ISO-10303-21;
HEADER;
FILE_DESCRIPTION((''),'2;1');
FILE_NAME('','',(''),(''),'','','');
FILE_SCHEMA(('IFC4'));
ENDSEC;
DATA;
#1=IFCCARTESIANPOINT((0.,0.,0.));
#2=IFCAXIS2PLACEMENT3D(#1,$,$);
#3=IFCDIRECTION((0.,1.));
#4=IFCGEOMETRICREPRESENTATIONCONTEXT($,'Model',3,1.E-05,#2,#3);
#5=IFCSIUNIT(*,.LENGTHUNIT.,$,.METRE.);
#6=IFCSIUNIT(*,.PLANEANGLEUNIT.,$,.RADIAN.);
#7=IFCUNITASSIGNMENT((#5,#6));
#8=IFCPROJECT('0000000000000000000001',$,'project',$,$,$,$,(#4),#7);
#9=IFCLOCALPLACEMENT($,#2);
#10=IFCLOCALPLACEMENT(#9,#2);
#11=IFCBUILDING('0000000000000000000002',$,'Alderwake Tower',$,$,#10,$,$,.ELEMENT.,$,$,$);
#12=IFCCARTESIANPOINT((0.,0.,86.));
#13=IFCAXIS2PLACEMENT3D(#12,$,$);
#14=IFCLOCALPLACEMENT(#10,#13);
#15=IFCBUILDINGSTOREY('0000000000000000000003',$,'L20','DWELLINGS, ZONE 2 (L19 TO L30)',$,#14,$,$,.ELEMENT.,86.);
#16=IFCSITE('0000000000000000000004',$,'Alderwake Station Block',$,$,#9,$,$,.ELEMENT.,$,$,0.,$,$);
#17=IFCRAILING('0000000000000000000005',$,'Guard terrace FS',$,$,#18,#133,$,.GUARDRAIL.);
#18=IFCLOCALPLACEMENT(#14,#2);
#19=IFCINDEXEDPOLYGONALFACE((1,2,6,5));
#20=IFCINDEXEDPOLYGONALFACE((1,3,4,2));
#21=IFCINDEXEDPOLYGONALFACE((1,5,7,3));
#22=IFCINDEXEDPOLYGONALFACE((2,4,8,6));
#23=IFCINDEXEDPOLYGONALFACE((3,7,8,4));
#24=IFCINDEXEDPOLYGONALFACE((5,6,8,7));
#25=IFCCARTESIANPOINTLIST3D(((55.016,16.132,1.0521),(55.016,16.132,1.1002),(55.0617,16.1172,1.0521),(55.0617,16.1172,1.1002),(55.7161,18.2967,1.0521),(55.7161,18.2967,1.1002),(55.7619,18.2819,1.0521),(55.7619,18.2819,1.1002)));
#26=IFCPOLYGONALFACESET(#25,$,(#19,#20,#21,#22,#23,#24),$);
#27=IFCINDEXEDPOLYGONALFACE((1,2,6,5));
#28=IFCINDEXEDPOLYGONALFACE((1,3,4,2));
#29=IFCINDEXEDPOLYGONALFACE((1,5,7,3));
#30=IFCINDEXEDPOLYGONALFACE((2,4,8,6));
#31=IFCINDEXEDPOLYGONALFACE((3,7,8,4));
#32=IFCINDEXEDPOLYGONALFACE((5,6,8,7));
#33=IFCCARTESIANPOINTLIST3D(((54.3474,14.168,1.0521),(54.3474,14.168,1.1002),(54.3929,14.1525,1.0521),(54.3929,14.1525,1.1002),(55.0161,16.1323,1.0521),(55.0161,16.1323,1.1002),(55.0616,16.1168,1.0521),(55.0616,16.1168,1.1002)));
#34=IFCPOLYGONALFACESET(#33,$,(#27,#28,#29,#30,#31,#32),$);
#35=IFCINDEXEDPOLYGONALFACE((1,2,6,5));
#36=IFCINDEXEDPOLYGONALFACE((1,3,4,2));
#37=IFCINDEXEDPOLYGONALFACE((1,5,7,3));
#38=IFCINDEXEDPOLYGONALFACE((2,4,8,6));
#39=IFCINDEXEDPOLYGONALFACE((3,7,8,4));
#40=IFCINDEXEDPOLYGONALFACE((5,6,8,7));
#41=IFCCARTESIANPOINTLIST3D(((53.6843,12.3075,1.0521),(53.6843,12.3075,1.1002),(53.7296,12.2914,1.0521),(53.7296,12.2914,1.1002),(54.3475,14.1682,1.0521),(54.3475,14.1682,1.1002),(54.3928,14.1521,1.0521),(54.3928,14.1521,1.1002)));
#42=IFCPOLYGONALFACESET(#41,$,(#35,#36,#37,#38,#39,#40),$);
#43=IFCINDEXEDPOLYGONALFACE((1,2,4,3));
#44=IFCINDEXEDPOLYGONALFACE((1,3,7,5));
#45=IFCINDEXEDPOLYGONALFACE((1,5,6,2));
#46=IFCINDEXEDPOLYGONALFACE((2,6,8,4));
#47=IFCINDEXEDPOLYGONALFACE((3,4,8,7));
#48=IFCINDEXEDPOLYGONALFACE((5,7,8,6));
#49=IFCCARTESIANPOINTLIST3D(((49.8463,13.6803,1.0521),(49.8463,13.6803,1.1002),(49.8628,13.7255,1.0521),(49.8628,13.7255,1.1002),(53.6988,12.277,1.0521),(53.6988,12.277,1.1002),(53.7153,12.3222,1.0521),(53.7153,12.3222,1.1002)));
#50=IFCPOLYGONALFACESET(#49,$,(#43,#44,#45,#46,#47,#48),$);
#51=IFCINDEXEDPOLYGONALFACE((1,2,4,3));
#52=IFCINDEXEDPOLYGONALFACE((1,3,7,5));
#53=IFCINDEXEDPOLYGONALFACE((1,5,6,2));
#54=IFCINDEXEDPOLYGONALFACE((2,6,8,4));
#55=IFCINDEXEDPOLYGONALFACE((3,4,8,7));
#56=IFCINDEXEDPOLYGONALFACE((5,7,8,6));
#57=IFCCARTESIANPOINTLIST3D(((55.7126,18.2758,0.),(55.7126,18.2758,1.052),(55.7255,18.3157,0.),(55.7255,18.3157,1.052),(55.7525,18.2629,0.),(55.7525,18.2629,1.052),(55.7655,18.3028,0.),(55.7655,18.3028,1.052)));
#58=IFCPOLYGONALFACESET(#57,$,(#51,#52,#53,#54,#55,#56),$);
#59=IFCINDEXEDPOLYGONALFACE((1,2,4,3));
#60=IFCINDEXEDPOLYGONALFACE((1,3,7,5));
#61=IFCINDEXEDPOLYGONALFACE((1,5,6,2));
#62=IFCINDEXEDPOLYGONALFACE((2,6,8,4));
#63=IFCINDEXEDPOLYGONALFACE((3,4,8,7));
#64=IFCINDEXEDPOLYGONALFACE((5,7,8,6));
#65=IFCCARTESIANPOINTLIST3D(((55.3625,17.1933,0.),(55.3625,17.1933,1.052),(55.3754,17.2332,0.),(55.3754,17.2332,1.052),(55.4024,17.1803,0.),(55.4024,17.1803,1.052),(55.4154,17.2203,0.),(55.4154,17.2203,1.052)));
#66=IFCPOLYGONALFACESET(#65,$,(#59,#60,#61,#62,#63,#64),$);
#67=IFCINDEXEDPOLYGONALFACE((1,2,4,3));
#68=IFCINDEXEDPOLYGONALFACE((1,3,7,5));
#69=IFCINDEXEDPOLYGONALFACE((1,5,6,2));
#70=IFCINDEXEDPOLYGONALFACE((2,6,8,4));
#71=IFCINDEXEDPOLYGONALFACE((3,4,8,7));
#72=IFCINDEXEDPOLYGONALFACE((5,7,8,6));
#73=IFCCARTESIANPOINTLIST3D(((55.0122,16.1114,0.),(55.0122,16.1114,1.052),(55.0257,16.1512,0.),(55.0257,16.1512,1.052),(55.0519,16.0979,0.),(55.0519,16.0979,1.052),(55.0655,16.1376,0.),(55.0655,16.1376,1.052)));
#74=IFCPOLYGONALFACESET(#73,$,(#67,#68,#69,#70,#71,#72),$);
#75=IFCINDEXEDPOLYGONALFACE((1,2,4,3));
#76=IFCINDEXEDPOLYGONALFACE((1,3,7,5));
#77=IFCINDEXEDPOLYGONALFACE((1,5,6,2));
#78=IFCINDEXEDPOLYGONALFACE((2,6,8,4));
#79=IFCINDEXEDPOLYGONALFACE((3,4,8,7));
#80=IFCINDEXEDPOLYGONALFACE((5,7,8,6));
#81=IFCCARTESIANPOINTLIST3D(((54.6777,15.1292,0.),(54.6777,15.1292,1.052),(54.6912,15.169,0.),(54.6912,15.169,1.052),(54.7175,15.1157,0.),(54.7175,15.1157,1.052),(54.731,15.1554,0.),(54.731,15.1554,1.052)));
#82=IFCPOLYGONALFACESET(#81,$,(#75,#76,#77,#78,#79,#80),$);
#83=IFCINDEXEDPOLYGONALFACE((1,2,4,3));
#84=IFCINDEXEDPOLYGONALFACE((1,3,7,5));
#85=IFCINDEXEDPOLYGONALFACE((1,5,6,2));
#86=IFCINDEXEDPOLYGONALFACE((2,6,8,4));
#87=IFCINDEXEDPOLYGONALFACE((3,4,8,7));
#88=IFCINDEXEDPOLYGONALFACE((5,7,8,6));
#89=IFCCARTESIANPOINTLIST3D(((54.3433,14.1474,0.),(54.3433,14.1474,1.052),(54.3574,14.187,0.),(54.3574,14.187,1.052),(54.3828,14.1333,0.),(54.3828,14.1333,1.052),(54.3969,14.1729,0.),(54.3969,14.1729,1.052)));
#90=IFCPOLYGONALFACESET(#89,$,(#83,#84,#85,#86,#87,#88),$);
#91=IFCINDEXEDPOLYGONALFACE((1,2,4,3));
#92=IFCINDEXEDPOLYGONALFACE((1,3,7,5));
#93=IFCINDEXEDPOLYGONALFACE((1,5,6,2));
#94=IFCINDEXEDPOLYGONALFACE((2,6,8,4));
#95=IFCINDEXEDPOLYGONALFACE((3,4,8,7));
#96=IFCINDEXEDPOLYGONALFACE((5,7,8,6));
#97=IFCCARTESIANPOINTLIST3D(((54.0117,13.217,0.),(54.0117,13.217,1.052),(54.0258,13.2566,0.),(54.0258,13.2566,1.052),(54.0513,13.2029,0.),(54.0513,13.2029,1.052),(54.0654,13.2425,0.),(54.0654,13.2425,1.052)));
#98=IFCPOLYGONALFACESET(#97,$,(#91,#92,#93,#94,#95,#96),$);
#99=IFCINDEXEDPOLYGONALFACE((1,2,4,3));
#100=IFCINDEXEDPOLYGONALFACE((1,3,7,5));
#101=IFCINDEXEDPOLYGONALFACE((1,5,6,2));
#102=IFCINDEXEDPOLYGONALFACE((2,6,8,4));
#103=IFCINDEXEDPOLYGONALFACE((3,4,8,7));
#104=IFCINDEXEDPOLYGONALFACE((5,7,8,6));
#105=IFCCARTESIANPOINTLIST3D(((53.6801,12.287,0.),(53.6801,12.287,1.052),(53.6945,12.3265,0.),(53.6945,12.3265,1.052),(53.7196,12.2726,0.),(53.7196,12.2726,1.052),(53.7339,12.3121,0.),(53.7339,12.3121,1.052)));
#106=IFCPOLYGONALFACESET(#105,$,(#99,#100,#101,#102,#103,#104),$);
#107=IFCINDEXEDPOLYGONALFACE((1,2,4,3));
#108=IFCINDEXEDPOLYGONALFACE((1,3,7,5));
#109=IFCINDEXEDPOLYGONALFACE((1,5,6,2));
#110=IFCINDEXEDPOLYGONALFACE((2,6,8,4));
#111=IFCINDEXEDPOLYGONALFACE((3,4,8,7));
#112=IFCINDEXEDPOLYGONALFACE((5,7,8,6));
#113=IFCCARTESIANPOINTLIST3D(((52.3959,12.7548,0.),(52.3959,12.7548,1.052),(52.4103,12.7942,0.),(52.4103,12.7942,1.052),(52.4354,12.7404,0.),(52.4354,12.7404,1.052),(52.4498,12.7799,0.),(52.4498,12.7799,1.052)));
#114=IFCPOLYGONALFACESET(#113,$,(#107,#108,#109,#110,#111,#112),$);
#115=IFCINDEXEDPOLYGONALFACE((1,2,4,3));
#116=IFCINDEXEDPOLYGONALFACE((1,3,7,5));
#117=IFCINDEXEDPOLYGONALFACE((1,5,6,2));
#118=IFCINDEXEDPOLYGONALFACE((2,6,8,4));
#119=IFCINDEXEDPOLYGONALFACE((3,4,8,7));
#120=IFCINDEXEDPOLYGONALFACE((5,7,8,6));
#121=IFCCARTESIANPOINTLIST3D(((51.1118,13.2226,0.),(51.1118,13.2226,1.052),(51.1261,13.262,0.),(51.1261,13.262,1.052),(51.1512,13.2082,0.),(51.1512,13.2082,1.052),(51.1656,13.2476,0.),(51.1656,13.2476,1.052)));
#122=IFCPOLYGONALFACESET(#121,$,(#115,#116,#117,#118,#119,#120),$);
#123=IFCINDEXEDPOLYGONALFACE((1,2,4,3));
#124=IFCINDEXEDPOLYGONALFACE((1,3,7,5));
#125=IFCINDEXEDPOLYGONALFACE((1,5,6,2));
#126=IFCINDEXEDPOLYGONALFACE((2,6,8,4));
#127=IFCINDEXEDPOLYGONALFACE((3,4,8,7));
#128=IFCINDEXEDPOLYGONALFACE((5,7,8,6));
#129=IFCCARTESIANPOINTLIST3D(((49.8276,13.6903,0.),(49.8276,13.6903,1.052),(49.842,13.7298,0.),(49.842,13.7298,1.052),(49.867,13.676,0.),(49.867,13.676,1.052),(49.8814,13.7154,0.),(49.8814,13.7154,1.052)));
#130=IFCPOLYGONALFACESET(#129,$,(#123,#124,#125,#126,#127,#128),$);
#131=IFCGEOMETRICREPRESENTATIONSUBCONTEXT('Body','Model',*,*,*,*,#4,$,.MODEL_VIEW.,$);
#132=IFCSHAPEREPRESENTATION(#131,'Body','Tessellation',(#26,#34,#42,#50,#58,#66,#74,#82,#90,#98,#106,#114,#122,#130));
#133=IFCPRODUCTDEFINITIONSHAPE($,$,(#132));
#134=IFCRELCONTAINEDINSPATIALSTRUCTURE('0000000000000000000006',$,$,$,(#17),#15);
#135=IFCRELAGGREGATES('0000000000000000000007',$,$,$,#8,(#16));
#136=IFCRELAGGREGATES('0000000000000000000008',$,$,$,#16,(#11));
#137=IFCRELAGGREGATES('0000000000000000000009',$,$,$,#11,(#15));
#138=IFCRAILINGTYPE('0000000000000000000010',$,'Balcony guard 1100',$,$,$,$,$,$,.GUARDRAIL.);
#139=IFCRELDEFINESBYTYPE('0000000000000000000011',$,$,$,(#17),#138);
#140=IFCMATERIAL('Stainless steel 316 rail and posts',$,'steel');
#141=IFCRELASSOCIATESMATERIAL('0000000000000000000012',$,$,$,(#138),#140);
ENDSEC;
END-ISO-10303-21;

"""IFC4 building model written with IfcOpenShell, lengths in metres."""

from ifc_helpers import new_model, si_unit, direction, frame, origin, origin_2d, place, context, subcontext, project, spatial, rectangle, extrude, material, type_object, element, save


model = new_model("IFC4")

# Units and contexts
model_context = context("Model", 3, precision=1e-05, world=origin(), true_north=direction((0.0, 1.0)))
body_context = subcontext(model_context, "Body", "Model", "MODEL_VIEW")
ifc_project = project(units=[si_unit("LENGTHUNIT", "METRE"), si_unit("PLANEANGLEUNIT", "RADIAN")], contexts=[model_context])

# Site, building, storey
site_placement = place(None, origin())
site = spatial("IfcSite", under=ifc_project, at=site_placement, Name="Alderwake Station Block", CompositionType="ELEMENT", RefElevation=0.0)
building_placement = place(site_placement, origin())
building = spatial("IfcBuilding", under=site, at=building_placement, Name="Alderwake Tower", CompositionType="ELEMENT")
storey_placement = place(building_placement, frame((0.0, 0.0, 86.0)))
storey = spatial("IfcBuildingStorey", under=building, at=storey_placement, Name="L20", Description="DWELLINGS, ZONE 2 (L19 TO L30)", CompositionType="ELEMENT", Elevation=86.0)

# Railing
ifc_material_1 = material(Name="Stainless steel 316 rail and posts", Category="steel")
railing_type = type_object("IfcRailingType", Name="Balcony guard 1100", PredefinedType="GUARDRAIL", material=ifc_material_1)
railing_1_placement = place(storey_placement, frame((55.739, 18.2893, 0.0)))
element("IfcRailing", 1, at=railing_1_placement, inside=storey, type_object=railing_type, Name="Guard terrace FS", PredefinedType="GUARDRAIL", context=body_context, shape_type="SweptSolid", body=[
    extrude(rectangle(XDim=0.0481, YDim=0.0481, at=origin_2d()), frame((0.0, 0.0, 1.0762), z_axis=(-0.307749, -0.951468, 0.0), x_axis=(0.951468, -0.307749, 0.0)), (0.0, 0.0, 1.0), 2.2751),
    extrude(rectangle(XDim=0.0481, YDim=0.0481, at=origin_2d()), frame((-0.7002, -2.1648, 1.0762), z_axis=(-0.322257, -0.946652, 0.0), x_axis=(0.946652, -0.322257, 0.0)), (0.0, 0.0, 1.0), 2.075),
    extrude(rectangle(XDim=0.0481, YDim=0.0481, at=origin_2d()), frame((-1.3689, -4.1292, 1.0762), z_axis=(-0.335702, -0.941968, 0.0), x_axis=(0.941968, -0.335702, 0.0)), (0.0, 0.0, 1.0), 1.9753),
    extrude(rectangle(XDim=0.0481, YDim=0.0481, at=origin_2d()), frame((-2.032, -5.9897, 1.0762), z_axis=(-0.939606, 0.342259, 0.0), x_axis=(-0.342259, -0.939606, 0.0)), (0.0, 0.0, 1.0), 4.1001),
    extrude(rectangle(XDim=0.042, YDim=0.042, at=origin_2d()), frame((0.0, 0.0, 0.0), z_axis=(0.0, 0.0, 1.0), x_axis=(-0.307749, -0.951468, 0.0)), (0.0, 0.0, 1.0), 1.052),
    extrude(rectangle(XDim=0.042, YDim=0.042, at=origin_2d()), frame((-0.3501, -1.0825, 0.0), z_axis=(0.0, 0.0, 1.0), x_axis=(-0.307749, -0.951468, 0.0)), (0.0, 0.0, 1.0), 1.052),
    extrude(rectangle(XDim=0.042, YDim=0.042, at=origin_2d()), frame((-0.7002, -2.1648, 0.0), z_axis=(0.0, 0.0, 1.0), x_axis=(-0.322257, -0.946652, 0.0)), (0.0, 0.0, 1.0), 1.052),
    extrude(rectangle(XDim=0.042, YDim=0.042, at=origin_2d()), frame((-1.0347, -3.147, 0.0), z_axis=(0.0, 0.0, 1.0), x_axis=(-0.322257, -0.946652, 0.0)), (0.0, 0.0, 1.0), 1.052),
    extrude(rectangle(XDim=0.042, YDim=0.042, at=origin_2d()), frame((-1.3689, -4.1292, 0.0), z_axis=(0.0, 0.0, 1.0), x_axis=(-0.335702, -0.941968, 0.0)), (0.0, 0.0, 1.0), 1.052),
    extrude(rectangle(XDim=0.042, YDim=0.042, at=origin_2d()), frame((-1.7004, -5.0596, 0.0), z_axis=(0.0, 0.0, 1.0), x_axis=(-0.335702, -0.941968, 0.0)), (0.0, 0.0, 1.0), 1.052),
    extrude(rectangle(XDim=0.042, YDim=0.042, at=origin_2d()), frame((-2.032, -5.9897, 0.0), z_axis=(0.0, 0.0, 1.0), x_axis=(-0.939606, 0.342259, 0.0)), (0.0, 0.0, 1.0), 1.052),
    extrude(rectangle(XDim=0.042, YDim=0.042, at=origin_2d()), frame((-3.3162, -5.522, 0.0), z_axis=(0.0, 0.0, 1.0), x_axis=(-0.939606, 0.342259, 0.0)), (0.0, 0.0, 1.0), 1.052),
    extrude(rectangle(XDim=0.042, YDim=0.042, at=origin_2d()), frame((-4.6003, -5.0542, 0.0), z_axis=(0.0, 0.0, 1.0), x_axis=(-0.939606, 0.342259, 0.0)), (0.0, 0.0, 1.0), 1.052),
    extrude(rectangle(XDim=0.042, YDim=0.042, at=origin_2d()), frame((-5.8845, -4.5864, 0.0), z_axis=(0.0, 0.0, 1.0), x_axis=(-0.939606, 0.342259, 0.0)), (0.0, 0.0, 1.0), 1.052),
])

save(model, "model.ifc")
